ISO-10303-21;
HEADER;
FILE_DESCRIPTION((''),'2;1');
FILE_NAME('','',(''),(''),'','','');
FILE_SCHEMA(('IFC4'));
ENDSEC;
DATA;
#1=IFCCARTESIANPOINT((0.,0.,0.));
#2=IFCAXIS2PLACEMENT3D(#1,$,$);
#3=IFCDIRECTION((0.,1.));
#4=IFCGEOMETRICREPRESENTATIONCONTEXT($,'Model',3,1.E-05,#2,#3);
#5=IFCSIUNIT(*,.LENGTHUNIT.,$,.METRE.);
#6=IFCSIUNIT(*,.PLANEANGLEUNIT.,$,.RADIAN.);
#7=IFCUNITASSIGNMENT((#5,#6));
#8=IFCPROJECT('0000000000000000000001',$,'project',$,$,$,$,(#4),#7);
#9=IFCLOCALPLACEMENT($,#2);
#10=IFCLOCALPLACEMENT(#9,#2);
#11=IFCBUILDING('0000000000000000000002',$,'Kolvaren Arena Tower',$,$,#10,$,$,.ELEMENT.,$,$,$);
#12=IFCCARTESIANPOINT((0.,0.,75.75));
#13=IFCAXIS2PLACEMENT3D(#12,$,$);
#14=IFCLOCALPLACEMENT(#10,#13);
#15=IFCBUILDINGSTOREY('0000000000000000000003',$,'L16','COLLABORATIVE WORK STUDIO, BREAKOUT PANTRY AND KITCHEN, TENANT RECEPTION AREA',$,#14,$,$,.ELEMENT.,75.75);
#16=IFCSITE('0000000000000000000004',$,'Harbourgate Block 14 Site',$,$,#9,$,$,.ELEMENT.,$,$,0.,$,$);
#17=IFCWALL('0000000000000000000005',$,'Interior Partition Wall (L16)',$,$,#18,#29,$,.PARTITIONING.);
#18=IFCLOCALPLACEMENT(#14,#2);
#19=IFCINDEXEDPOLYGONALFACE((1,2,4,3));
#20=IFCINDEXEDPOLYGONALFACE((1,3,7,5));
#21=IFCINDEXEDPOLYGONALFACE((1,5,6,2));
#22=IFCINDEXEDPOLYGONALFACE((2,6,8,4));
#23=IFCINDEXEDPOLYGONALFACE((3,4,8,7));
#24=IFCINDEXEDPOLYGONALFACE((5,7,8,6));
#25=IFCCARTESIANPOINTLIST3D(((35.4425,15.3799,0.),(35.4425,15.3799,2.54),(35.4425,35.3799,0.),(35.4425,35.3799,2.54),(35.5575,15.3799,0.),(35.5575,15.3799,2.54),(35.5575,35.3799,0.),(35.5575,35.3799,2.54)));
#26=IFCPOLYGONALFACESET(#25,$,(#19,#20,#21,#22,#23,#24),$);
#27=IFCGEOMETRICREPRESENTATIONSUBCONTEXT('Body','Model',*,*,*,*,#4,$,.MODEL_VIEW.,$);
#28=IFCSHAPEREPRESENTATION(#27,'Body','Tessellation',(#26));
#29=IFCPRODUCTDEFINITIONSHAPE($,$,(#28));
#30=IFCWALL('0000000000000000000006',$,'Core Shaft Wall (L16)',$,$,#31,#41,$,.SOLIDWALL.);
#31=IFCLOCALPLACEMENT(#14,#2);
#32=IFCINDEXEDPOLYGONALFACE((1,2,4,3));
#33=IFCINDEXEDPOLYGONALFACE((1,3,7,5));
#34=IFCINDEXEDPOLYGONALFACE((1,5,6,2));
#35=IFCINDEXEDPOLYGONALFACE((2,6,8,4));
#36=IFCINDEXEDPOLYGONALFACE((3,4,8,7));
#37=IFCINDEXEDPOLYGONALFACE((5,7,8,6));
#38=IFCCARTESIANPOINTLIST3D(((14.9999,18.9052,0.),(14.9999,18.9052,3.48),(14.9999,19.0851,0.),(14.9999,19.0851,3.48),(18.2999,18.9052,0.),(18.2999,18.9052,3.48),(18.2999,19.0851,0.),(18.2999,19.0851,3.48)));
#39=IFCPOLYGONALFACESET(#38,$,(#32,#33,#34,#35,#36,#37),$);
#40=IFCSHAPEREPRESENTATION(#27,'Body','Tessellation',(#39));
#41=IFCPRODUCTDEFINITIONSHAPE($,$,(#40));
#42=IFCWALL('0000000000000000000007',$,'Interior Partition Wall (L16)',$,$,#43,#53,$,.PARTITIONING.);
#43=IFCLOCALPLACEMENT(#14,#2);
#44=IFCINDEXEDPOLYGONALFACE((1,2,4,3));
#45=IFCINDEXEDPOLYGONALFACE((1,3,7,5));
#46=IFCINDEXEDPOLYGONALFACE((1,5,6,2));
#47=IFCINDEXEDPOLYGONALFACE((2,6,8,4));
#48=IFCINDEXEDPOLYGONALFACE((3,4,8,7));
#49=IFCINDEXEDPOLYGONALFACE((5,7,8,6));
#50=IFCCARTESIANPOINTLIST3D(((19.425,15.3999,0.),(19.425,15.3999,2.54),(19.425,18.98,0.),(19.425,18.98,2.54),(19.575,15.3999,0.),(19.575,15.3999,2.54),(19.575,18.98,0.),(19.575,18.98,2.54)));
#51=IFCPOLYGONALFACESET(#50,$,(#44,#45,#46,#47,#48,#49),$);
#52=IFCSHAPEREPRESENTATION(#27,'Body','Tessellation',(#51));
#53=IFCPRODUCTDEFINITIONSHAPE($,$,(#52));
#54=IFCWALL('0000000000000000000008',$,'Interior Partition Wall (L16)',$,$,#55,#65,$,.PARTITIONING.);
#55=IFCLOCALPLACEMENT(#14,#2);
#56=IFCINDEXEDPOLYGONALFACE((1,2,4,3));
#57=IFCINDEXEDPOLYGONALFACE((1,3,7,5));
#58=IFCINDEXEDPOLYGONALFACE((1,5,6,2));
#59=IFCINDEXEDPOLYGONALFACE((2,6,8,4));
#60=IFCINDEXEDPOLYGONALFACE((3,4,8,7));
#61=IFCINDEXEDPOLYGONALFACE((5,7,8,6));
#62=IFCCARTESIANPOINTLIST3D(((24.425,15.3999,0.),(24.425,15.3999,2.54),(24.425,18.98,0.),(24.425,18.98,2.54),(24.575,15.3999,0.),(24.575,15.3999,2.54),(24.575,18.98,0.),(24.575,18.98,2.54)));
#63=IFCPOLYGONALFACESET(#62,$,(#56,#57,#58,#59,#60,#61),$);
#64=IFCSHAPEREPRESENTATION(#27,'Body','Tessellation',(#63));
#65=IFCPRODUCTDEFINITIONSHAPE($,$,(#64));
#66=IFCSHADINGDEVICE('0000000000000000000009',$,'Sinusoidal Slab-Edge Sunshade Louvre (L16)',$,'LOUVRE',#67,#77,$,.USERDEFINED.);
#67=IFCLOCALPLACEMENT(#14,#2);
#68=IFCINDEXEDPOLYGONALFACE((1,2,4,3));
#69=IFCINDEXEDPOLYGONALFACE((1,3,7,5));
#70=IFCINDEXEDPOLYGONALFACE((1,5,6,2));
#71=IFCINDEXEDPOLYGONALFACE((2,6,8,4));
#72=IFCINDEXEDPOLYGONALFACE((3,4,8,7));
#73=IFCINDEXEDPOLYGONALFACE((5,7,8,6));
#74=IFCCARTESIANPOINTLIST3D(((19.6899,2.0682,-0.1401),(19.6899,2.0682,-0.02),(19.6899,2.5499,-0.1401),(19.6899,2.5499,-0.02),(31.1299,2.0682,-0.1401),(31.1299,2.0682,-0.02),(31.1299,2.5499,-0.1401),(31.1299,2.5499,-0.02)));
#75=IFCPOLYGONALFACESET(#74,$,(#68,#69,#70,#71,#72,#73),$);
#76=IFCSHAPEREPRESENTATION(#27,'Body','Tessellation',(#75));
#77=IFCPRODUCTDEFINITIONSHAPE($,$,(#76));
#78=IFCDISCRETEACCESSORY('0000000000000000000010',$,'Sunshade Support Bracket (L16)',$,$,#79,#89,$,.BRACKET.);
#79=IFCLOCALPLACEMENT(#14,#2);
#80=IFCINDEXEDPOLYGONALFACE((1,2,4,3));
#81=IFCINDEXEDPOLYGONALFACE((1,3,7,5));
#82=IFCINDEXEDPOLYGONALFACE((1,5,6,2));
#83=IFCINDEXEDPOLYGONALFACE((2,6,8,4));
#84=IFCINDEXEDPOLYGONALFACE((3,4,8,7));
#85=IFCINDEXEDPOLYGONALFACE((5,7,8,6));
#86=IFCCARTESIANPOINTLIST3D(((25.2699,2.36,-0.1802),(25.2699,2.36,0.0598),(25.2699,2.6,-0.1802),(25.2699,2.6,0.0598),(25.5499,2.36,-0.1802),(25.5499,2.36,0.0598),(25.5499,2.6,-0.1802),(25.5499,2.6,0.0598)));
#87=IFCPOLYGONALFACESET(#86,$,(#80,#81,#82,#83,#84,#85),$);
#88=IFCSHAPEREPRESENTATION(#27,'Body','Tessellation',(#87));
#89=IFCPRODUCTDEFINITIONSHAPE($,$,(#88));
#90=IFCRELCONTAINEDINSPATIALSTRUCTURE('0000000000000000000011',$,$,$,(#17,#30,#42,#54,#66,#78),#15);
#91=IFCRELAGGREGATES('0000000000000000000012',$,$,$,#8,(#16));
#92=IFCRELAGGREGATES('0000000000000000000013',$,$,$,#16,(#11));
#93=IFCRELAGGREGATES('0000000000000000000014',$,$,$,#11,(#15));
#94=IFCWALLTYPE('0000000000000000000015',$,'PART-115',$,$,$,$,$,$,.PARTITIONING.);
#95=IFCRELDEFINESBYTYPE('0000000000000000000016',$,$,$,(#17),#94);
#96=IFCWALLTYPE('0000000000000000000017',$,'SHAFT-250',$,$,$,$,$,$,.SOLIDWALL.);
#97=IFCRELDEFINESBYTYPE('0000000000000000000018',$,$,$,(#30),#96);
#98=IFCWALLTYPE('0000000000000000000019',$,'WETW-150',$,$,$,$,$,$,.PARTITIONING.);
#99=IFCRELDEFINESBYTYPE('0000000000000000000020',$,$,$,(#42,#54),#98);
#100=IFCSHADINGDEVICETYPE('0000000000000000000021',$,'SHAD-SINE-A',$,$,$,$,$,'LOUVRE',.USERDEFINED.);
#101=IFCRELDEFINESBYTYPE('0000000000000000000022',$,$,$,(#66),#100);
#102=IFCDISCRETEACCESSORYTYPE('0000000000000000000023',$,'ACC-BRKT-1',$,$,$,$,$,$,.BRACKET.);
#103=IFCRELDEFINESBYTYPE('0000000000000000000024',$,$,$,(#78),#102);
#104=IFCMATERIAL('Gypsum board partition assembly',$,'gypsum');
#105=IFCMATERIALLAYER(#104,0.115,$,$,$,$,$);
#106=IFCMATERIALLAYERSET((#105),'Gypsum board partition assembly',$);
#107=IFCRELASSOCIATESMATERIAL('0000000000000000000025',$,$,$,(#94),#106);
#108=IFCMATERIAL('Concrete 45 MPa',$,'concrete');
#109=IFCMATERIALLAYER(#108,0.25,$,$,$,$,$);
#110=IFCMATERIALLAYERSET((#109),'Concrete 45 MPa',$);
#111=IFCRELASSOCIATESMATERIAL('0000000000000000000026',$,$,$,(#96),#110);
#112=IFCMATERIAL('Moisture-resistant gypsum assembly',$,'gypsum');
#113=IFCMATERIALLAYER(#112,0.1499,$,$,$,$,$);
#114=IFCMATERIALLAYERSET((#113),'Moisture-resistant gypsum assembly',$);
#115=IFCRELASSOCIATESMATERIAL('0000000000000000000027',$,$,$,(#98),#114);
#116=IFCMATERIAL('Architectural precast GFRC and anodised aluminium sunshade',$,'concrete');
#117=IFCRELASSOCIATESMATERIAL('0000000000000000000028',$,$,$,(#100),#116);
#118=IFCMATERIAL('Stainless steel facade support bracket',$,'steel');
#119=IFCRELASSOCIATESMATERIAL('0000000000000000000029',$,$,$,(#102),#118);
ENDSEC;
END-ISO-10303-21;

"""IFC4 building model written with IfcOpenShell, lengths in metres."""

from ifc_helpers import new_model, si_unit, direction, frame, frame_2d, origin, origin_2d, place, context, subcontext, project, spatial, rectangle, extrude, material, layer, layer_set, type_object, element, save


model = new_model("IFC4")

# Units and contexts
model_context = context("Model", 3, precision=1e-05, world=origin(), true_north=direction((0.0, 1.0)))
body_context = subcontext(model_context, "Body", "Model", "MODEL_VIEW")
ifc_project = project(units=[si_unit("LENGTHUNIT", "METRE"), si_unit("PLANEANGLEUNIT", "RADIAN")], contexts=[model_context])

# Site, building, storey
site_placement = place(None, origin())
site = spatial("IfcSite", under=ifc_project, at=site_placement, Name="Harbourgate Block 14 Site", CompositionType="ELEMENT", RefElevation=0.0)
building_placement = place(site_placement, origin())
building = spatial("IfcBuilding", under=site, at=building_placement, Name="Kolvaren Arena Tower", CompositionType="ELEMENT")
storey_placement = place(building_placement, frame((0.0, 0.0, 75.75)))
storey = spatial("IfcBuildingStorey", under=building, at=storey_placement, Name="L16", Description="COLLABORATIVE WORK STUDIO, BREAKOUT PANTRY AND KITCHEN, TENANT RECEPTION AREA", CompositionType="ELEMENT", Elevation=75.75)

# Walls
ifc_material_1 = material(Name="Gypsum board partition assembly", Category="gypsum")
ifc_layer_1 = layer(ifc_material_1, 0.115)
ifc_layer_set_1 = layer_set([ifc_layer_1], Name="Gypsum board partition assembly")
wall_type_1 = type_object("IfcWallType", Name="PART-115", PredefinedType="PARTITIONING", material=ifc_layer_set_1)
for number, where, z_axis, x_axis, name in (
    (1, (35.5, 15.3799, 0.0), (0.0, 0.0, 1.0), (0.0, 1.0, 0.0), "Interior Partition Wall (L16)"),
):
    element("IfcWall", number, at=place(storey_placement, frame(where, z_axis=z_axis, x_axis=x_axis)), inside=storey, type_object=wall_type_1, Name=name, PredefinedType="PARTITIONING", context=body_context, shape_type="SweptSolid", body=[
        extrude(rectangle(XDim=20.0, YDim=0.115, at=frame_2d((10.0, 0.0))), origin(), (0.0, 0.0, 1.0), 2.54),
    ])
ifc_material_2 = material(Name="Concrete 45 MPa", Category="concrete")
ifc_layer_2 = layer(ifc_material_2, 0.25)
ifc_layer_set_2 = layer_set([ifc_layer_2], Name="Concrete 45 MPa")
wall_type_2 = type_object("IfcWallType", Name="SHAFT-250", PredefinedType="SOLIDWALL", material=ifc_layer_set_2)
wall_1_placement = place(storey_placement, frame((15.0, 18.9951, 0.0), z_axis=(0.0, 0.0, 1.0), x_axis=(1.0, 0.0, 0.0)))
element("IfcWall", 2, at=wall_1_placement, inside=storey, type_object=wall_type_2, Name="Core Shaft Wall (L16)", PredefinedType="SOLIDWALL", context=body_context, shape_type="SweptSolid", body=[
    extrude(rectangle(XDim=3.3, YDim=0.1799, at=frame_2d((1.6499, 0.0))), origin(), (0.0, 0.0, 1.0), 3.48),
])
ifc_material_3 = material(Name="Moisture-resistant gypsum assembly", Category="gypsum")
ifc_layer_3 = layer(ifc_material_3, 0.1499)
ifc_layer_set_3 = layer_set([ifc_layer_3], Name="Moisture-resistant gypsum assembly")
wall_type_3 = type_object("IfcWallType", Name="WETW-150", PredefinedType="PARTITIONING", material=ifc_layer_set_3)
for number, where, z_axis, x_axis, name in (
    (3, (19.5, 15.3999, 0.0), (0.0, 0.0, 1.0), (0.0, 1.0, 0.0), "Interior Partition Wall (L16)"),
    (4, (24.5, 15.3999, 0.0), (0.0, 0.0, 1.0), (0.0, 1.0, 0.0), "Interior Partition Wall (L16)"),
):
    element("IfcWall", number, at=place(storey_placement, frame(where, z_axis=z_axis, x_axis=x_axis)), inside=storey, type_object=wall_type_3, Name=name, PredefinedType="PARTITIONING", context=body_context, shape_type="SweptSolid", body=[
        extrude(rectangle(XDim=3.5801, YDim=0.1499, at=frame_2d((1.79, 0.0))), origin(), (0.0, 0.0, 1.0), 2.54),
    ])

# Shading device
ifc_material_4 = material(Name="Architectural precast GFRC and anodised aluminium sunshade", Category="concrete")
shading_device_type = type_object("IfcShadingDeviceType", Name="SHAD-SINE-A", ElementType="LOUVRE", PredefinedType="USERDEFINED", material=ifc_material_4)
shading_device_placement = place(storey_placement, frame((25.4099, 2.3091, -0.1401), z_axis=(0.0, 0.0, 1.0), x_axis=(-1.0, 0.0, 0.0)))
element("IfcShadingDevice", 5, at=shading_device_placement, inside=storey, type_object=shading_device_type, Name="Sinusoidal Slab-Edge Sunshade Louvre (L16)", ObjectType="LOUVRE", PredefinedType="USERDEFINED", context=body_context, shape_type="SweptSolid", body=[
    extrude(rectangle(XDim=11.4399, YDim=0.4817, at=origin_2d()), origin(), (0.0, 0.0, 1.0), 0.1201),
])

# Discrete accessory
ifc_material_5 = material(Name="Stainless steel facade support bracket", Category="steel")
discrete_accessory_type = type_object("IfcDiscreteAccessoryType", Name="ACC-BRKT-1", PredefinedType="BRACKET", material=ifc_material_5)
discrete_accessory_placement = place(storey_placement, frame((25.4099, 2.48, -0.1802), z_axis=(0.0, 0.0, 1.0), x_axis=(-1.0, 0.0, 0.0)))
element("IfcDiscreteAccessory", 6, at=discrete_accessory_placement, inside=storey, type_object=discrete_accessory_type, Name="Sunshade Support Bracket (L16)", PredefinedType="BRACKET", context=body_context, shape_type="SweptSolid", body=[
    extrude(rectangle(XDim=0.28, YDim=0.24, at=origin_2d()), origin(), (0.0, 0.0, 1.0), 0.24),
])

save(model, "model.ifc")
